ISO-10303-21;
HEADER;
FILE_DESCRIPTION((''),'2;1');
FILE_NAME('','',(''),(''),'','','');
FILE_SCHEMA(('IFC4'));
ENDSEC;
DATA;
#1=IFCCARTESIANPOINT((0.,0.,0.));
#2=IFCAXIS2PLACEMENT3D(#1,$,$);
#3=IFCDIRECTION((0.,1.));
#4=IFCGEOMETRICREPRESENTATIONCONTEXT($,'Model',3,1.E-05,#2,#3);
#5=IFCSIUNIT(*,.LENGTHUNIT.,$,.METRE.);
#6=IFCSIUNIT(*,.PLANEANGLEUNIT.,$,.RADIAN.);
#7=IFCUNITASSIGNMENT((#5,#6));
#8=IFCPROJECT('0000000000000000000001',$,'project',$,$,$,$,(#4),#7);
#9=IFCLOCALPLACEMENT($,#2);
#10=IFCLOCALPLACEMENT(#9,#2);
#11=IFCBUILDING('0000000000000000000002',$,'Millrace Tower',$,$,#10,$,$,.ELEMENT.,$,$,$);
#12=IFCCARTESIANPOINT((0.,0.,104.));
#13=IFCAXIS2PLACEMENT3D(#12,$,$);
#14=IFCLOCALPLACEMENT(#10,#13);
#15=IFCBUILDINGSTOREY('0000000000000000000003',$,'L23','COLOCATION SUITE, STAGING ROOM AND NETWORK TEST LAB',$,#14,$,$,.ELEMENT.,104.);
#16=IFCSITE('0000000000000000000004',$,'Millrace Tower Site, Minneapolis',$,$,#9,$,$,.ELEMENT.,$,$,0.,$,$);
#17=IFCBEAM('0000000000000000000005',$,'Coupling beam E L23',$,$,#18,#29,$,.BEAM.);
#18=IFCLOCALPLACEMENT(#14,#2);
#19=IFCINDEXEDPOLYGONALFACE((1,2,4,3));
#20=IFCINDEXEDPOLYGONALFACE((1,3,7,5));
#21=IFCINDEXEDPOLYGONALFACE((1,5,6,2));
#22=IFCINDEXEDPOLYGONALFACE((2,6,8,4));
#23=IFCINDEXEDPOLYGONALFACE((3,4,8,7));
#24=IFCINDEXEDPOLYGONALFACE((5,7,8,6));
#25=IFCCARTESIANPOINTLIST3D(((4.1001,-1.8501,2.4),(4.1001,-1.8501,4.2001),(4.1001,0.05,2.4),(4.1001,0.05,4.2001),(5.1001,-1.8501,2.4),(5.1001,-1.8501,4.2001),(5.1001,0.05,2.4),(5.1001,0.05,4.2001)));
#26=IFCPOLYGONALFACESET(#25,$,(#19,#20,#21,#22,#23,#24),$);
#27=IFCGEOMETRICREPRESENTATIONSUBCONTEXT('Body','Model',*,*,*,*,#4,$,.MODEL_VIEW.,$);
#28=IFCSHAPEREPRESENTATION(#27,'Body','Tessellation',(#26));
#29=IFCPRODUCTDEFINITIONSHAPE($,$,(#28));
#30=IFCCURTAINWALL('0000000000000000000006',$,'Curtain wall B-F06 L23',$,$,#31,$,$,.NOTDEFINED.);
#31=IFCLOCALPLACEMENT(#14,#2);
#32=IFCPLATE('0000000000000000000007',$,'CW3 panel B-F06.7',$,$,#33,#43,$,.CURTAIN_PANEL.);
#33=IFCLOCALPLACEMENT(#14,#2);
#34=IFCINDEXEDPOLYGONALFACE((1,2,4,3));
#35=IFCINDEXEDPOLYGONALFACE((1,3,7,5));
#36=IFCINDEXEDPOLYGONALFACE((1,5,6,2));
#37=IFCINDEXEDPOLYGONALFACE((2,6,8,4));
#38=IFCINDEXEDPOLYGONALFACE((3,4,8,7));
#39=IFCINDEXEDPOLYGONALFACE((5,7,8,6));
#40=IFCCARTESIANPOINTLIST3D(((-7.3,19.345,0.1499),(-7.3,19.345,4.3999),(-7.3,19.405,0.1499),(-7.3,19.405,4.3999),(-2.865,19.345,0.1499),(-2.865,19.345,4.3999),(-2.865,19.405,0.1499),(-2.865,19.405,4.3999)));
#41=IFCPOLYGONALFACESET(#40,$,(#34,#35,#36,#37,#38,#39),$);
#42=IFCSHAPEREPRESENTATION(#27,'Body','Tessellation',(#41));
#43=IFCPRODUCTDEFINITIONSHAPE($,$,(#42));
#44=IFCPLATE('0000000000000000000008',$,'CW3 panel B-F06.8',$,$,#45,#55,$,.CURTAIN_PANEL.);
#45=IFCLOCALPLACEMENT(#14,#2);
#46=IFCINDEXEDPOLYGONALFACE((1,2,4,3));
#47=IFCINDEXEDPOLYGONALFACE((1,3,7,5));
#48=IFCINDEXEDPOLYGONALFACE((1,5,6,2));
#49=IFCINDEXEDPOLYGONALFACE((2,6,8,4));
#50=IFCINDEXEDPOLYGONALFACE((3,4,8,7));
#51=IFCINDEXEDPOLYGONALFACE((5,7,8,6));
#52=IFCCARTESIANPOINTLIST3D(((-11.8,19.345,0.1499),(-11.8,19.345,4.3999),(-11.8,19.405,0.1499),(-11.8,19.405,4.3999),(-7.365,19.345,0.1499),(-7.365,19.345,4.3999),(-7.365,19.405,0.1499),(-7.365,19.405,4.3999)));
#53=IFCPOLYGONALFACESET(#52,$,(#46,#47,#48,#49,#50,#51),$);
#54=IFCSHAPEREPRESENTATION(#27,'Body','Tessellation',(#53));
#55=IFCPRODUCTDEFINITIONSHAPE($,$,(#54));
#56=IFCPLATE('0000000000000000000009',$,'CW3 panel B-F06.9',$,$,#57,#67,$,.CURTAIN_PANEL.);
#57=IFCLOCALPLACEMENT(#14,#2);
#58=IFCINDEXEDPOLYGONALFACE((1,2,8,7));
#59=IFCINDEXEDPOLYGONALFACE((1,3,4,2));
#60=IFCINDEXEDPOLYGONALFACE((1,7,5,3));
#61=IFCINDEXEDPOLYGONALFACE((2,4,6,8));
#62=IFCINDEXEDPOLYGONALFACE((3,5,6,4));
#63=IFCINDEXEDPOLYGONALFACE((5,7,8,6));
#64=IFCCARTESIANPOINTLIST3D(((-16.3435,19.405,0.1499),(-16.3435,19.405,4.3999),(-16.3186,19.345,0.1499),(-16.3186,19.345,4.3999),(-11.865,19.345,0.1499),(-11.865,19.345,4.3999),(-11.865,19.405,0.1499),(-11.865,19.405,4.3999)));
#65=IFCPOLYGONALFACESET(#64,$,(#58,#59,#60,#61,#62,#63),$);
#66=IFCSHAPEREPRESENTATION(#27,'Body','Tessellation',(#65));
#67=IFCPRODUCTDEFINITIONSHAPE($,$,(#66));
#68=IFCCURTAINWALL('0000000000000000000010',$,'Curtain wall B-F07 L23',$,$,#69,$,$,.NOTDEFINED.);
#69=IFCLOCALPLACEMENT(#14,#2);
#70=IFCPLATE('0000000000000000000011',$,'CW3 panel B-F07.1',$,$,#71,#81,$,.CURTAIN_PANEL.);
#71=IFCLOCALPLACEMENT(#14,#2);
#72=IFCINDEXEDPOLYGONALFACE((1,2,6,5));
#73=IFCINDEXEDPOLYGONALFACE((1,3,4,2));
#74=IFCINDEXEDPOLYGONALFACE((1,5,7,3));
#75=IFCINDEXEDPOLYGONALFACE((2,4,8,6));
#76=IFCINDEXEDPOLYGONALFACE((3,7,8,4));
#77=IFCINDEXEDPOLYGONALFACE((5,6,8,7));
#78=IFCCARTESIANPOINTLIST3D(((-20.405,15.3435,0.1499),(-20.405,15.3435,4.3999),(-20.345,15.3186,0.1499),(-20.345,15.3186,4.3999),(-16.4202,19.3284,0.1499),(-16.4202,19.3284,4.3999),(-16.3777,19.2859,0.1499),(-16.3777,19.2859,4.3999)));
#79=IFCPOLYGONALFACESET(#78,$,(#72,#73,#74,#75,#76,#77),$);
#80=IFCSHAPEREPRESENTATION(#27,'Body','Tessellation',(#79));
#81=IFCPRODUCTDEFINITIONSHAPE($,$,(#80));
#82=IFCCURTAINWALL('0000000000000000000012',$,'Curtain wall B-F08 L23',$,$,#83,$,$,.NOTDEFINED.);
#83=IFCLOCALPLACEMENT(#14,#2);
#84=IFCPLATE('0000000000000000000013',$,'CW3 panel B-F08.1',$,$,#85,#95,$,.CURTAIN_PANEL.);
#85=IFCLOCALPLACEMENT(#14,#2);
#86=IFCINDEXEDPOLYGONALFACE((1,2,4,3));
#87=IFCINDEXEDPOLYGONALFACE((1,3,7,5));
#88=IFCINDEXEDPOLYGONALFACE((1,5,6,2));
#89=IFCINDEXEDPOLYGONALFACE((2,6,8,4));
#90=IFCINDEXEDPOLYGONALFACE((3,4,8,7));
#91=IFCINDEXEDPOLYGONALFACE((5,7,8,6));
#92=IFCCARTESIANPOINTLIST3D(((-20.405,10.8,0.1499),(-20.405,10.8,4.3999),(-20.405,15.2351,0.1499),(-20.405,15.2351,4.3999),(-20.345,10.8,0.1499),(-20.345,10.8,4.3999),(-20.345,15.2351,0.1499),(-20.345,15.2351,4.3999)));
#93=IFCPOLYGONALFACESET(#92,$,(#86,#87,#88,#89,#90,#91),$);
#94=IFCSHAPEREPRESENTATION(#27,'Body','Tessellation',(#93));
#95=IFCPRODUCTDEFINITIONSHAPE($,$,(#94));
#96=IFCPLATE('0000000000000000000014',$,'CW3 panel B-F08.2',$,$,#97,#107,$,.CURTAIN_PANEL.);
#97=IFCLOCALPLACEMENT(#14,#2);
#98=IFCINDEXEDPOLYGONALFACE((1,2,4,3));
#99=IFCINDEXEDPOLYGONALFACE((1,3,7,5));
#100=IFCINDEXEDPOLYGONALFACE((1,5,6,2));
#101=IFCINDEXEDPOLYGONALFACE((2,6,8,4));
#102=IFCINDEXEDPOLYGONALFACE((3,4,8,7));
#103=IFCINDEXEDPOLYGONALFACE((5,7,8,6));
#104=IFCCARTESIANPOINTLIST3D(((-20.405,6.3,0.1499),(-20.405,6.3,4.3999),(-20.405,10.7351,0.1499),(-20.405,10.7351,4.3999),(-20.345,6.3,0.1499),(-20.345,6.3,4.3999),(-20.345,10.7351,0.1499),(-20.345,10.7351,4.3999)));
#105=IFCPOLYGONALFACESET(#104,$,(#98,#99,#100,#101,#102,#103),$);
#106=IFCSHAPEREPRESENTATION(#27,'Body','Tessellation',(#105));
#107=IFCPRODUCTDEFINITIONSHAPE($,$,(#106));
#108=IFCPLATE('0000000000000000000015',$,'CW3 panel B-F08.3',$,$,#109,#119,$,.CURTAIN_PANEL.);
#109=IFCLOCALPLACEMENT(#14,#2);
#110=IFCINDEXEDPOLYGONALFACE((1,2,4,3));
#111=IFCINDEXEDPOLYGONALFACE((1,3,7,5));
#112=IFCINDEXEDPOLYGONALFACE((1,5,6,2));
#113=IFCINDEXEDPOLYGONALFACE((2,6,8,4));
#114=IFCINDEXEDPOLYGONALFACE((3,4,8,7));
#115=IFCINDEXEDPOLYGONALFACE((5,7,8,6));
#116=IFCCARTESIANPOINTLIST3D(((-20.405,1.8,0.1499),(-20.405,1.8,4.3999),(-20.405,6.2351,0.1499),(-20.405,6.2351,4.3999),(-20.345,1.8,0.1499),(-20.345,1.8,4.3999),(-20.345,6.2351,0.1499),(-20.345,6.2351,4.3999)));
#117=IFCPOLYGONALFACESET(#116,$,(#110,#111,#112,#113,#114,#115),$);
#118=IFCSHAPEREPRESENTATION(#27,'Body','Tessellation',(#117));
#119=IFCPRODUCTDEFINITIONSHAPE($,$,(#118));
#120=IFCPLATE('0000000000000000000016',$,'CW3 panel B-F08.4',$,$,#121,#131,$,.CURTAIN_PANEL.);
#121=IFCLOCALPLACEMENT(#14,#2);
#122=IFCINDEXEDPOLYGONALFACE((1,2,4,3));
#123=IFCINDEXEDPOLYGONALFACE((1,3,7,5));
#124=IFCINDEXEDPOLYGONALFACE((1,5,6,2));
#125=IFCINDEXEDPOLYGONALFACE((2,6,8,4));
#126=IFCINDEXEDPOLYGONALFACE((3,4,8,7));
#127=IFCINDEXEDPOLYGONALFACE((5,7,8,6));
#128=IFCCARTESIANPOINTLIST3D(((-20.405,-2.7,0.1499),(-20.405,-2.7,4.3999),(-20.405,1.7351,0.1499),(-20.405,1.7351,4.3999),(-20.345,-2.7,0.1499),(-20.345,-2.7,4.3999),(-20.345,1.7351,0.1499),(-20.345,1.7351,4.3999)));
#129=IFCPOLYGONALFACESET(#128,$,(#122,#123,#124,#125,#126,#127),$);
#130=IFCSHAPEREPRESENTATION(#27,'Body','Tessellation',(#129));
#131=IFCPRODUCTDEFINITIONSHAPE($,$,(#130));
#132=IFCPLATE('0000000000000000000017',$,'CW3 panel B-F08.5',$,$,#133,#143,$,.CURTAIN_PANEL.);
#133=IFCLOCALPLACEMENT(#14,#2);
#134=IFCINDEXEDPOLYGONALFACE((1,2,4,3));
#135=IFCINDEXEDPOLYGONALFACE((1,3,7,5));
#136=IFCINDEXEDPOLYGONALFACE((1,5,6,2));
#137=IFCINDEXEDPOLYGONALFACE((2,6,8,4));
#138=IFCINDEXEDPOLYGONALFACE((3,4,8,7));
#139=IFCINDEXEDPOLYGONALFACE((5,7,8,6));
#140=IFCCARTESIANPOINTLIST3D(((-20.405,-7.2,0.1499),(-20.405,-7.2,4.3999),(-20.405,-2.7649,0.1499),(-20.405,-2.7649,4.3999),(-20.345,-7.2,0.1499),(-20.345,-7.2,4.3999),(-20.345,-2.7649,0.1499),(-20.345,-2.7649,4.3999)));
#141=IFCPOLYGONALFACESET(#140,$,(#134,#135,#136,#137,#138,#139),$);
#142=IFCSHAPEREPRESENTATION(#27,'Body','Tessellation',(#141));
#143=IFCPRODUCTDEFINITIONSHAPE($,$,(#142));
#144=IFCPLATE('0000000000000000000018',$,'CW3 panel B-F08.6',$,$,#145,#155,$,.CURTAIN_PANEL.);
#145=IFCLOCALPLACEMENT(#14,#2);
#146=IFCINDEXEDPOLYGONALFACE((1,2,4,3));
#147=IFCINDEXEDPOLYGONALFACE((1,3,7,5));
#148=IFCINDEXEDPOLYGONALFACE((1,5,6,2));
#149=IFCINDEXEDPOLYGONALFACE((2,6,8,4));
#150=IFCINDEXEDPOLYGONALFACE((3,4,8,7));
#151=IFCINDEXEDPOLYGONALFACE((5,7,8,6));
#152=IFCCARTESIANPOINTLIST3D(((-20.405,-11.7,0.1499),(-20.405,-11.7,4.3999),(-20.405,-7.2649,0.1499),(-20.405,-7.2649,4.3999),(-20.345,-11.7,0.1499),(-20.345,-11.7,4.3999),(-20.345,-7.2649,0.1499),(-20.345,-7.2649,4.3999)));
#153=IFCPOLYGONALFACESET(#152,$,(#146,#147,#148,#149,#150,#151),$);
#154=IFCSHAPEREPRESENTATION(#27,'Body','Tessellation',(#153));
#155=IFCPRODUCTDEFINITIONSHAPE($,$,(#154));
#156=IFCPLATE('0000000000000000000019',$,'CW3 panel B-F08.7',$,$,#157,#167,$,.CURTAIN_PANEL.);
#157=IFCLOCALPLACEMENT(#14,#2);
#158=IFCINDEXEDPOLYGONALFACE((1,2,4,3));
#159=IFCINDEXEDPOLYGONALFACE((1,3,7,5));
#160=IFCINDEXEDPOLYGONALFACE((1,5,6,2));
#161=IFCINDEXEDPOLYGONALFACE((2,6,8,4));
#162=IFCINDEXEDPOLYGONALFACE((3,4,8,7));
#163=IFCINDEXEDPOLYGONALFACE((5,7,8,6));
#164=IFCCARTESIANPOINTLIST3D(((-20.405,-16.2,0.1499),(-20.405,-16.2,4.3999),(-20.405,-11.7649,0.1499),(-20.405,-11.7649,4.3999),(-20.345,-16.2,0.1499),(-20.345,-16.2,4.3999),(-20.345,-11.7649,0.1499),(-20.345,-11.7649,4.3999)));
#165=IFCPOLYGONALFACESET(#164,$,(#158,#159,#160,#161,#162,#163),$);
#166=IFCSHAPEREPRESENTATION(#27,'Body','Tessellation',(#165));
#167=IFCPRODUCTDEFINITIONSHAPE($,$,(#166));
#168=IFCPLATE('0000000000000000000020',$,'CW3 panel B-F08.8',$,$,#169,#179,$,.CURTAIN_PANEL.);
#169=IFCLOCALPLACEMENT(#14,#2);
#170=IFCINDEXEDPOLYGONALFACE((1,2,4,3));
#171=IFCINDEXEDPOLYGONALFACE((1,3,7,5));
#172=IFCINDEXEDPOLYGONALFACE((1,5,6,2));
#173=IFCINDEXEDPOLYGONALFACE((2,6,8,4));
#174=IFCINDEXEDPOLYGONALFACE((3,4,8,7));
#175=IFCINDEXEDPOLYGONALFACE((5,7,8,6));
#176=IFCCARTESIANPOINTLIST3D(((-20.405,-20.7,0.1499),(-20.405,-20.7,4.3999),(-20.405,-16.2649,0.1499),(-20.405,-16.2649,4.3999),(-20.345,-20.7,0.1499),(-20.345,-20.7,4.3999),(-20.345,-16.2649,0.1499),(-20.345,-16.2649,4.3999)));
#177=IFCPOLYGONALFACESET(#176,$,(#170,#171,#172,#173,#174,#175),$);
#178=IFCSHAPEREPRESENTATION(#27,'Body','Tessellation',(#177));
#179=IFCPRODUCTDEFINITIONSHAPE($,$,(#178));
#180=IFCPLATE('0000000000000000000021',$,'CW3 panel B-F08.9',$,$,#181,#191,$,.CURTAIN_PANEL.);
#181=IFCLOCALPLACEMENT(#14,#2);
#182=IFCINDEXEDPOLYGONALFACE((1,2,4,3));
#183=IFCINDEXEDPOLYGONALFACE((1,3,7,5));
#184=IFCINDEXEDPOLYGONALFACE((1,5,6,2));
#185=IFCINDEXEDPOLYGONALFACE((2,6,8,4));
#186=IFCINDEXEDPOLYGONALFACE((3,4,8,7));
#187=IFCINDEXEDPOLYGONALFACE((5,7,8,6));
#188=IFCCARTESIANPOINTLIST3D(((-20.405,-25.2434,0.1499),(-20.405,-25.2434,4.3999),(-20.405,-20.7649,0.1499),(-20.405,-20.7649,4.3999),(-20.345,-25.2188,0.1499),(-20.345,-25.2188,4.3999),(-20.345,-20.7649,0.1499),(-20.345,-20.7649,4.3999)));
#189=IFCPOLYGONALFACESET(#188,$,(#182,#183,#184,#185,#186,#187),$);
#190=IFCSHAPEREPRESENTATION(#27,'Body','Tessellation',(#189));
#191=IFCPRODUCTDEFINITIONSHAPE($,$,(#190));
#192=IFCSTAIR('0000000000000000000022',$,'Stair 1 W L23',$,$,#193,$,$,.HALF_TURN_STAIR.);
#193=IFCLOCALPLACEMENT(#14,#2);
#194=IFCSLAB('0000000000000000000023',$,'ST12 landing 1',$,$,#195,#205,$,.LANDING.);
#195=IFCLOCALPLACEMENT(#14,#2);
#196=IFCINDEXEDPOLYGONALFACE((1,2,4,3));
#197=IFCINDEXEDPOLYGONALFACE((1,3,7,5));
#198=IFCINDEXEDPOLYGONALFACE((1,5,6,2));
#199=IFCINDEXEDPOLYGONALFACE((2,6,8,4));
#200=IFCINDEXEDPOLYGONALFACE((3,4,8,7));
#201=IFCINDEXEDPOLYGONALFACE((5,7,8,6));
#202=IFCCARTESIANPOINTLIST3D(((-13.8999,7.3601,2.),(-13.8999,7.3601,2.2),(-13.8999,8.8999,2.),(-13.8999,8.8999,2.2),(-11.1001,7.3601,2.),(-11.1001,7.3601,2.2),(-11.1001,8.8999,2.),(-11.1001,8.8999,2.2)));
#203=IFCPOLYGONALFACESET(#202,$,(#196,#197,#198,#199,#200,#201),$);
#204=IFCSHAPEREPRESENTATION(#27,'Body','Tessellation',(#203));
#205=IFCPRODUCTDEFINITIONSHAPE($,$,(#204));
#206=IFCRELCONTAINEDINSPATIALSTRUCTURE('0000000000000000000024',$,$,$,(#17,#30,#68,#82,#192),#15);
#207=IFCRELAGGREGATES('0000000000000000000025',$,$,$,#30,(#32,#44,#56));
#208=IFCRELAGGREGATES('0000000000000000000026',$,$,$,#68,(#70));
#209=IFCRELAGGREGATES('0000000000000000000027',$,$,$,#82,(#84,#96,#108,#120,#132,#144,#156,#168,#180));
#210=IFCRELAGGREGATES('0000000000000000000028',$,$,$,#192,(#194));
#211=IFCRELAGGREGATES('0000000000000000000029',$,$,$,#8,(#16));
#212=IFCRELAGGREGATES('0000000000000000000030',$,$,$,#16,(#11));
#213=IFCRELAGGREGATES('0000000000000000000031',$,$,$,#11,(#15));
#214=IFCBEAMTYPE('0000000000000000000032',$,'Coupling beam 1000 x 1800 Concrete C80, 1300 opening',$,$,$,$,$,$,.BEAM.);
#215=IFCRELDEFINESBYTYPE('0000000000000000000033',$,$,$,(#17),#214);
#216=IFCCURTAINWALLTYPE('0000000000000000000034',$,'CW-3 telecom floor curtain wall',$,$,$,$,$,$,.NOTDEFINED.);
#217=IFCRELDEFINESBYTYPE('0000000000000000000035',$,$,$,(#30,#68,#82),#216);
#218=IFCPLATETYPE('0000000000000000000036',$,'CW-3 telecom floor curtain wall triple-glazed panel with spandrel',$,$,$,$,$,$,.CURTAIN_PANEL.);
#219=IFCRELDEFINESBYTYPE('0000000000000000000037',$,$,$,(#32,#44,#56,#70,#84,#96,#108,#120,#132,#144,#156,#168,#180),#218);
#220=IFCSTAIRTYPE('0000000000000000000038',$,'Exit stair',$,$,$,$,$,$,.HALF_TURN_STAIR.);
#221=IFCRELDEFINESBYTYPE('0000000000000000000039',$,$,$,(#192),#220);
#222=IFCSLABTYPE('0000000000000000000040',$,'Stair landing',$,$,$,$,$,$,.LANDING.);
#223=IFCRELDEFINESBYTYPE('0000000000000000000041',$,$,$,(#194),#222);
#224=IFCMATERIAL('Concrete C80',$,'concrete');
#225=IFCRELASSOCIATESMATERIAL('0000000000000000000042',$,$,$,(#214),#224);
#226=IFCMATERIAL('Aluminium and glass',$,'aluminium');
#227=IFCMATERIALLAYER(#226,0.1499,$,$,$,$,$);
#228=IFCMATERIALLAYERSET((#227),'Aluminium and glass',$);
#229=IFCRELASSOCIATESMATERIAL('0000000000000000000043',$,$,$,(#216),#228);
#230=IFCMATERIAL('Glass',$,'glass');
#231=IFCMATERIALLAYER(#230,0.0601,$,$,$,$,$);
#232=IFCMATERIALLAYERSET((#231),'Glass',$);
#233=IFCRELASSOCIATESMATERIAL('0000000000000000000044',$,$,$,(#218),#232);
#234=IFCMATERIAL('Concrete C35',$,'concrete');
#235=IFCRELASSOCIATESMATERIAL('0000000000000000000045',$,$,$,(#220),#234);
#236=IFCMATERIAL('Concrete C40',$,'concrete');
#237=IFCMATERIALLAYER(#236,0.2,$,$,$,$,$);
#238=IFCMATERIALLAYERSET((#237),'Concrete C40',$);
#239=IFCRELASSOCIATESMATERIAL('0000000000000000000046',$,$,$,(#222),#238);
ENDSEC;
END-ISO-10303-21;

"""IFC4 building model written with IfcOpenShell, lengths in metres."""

from ifc_helpers import new_model, si_unit, direction, frame, origin, origin_2d, place, context, subcontext, project, spatial, polyline, rectangle, outline, extrude, material, layer, layer_set, material_profile, profile_set, type_object, element, aggregate, save


model = new_model("IFC4")

# Units and contexts
model_context = context("Model", 3, precision=1e-05, world=origin(), true_north=direction((0.0, 1.0)))
body_context = subcontext(model_context, "Body", "Model", "MODEL_VIEW")
ifc_project = project(units=[si_unit("LENGTHUNIT", "METRE"), si_unit("PLANEANGLEUNIT", "RADIAN")], contexts=[model_context])

# Site, building, storey
site_placement = place(None, origin())
site = spatial("IfcSite", under=ifc_project, at=site_placement, Name="Millrace Tower Site, Minneapolis", CompositionType="ELEMENT", RefElevation=0.0)
building_placement = place(site_placement, origin())
building = spatial("IfcBuilding", under=site, at=building_placement, Name="Millrace Tower", CompositionType="ELEMENT")
storey_placement = place(building_placement, frame((0.0, 0.0, 104.0)))
storey = spatial("IfcBuildingStorey", under=building, at=storey_placement, Name="L23", Description="COLOCATION SUITE, STAGING ROOM AND NETWORK TEST LAB", CompositionType="ELEMENT", Elevation=104.0)

# Beam
ifc_material_1 = material(Name="Concrete C80", Category="concrete")
ifc_material_profile = material_profile(ifc_material_1, rectangle(XDim=1.0, YDim=1.8, at=origin_2d()))
ifc_profile_set = profile_set([ifc_material_profile], Name="Concrete C80")
beam_type = type_object("IfcBeamType", Name="Coupling beam 1000 x 1800 Concrete C80, 1300 opening", PredefinedType="BEAM", material=ifc_profile_set)
beam_placement = place(storey_placement, frame((4.6001, 0.05, 3.3), z_axis=(0.0, -1.0, 0.0), x_axis=(1.0, 0.0, 0.0)))
element("IfcBeam", 1, at=beam_placement, inside=storey, type_object=beam_type, Name="Coupling beam E L23", PredefinedType="BEAM", context=body_context, shape_type="SweptSolid", body=[
    extrude(rectangle(XDim=1.0, YDim=1.8, at=origin_2d()), origin(), (0.0, 0.0, 1.0), 1.9001),
])

# Curtain wall, plates
ifc_material_2 = material(Name="Aluminium and glass", Category="aluminium")
ifc_layer_1 = layer(ifc_material_2, 0.1499)
ifc_layer_set_1 = layer_set([ifc_layer_1], Name="Aluminium and glass")
curtain_wall_type = type_object("IfcCurtainWallType", Name="CW-3 telecom floor curtain wall", PredefinedType="NOTDEFINED", material=ifc_layer_set_1)
placement_1 = place(storey_placement, origin())
curtain_wall_1 = element("IfcCurtainWall", 2, at=placement_1, inside=storey, type_object=curtain_wall_type, Name="Curtain wall B-F06 L23", PredefinedType="NOTDEFINED")
ifc_material_3 = material(Name="Glass", Category="glass")
ifc_layer_2 = layer(ifc_material_3, 0.0601)
ifc_layer_set_2 = layer_set([ifc_layer_2], Name="Glass")
plate_type = type_object("IfcPlateType", Name="CW-3 telecom floor curtain wall triple-glazed panel with spandrel", PredefinedType="CURTAIN_PANEL", material=ifc_layer_set_2)
placement_2 = place(storey_placement, frame((0.0, 0.0, 0.1499)))
plate_1 = element("IfcPlate", 3, at=placement_2, type_object=plate_type, Name="CW3 panel B-F06.7", PredefinedType="CURTAIN_PANEL", context=body_context, shape_type="SweptSolid", body=[
    extrude(outline(polyline([(-2.865, 19.405), (-7.3, 19.405), (-7.3, 19.345), (-2.865, 19.345), (-2.865, 19.405)])), origin(), (0.0, 0.0, 1.0), 4.25),
])
plate_2 = element("IfcPlate", 4, at=placement_2, type_object=plate_type, Name="CW3 panel B-F06.8", PredefinedType="CURTAIN_PANEL", context=body_context, shape_type="SweptSolid", body=[
    extrude(outline(polyline([(-7.365, 19.405), (-11.8, 19.405), (-11.8, 19.345), (-7.365, 19.345), (-7.365, 19.405)])), origin(), (0.0, 0.0, 1.0), 4.25),
])
plate_3 = element("IfcPlate", 5, at=placement_2, type_object=plate_type, Name="CW3 panel B-F06.9", PredefinedType="CURTAIN_PANEL", context=body_context, shape_type="SweptSolid", body=[
    extrude(outline(polyline([(-11.865, 19.405), (-16.3435, 19.405), (-16.3186, 19.345), (-11.865, 19.345), (-11.865, 19.405)])), origin(), (0.0, 0.0, 1.0), 4.25),
])
aggregate(curtain_wall_1, [plate_1, plate_2, plate_3])

# Curtain wall, plate
curtain_wall_2 = element("IfcCurtainWall", 6, at=placement_1, inside=storey, type_object=curtain_wall_type, Name="Curtain wall B-F07 L23", PredefinedType="NOTDEFINED")
plate_4 = element("IfcPlate", 7, at=placement_2, type_object=plate_type, Name="CW3 panel B-F07.1", PredefinedType="CURTAIN_PANEL", context=body_context, shape_type="SweptSolid", body=[
    extrude(outline(polyline([(-16.4202, 19.3284), (-20.405, 15.3435), (-20.345, 15.3186), (-16.3777, 19.2859), (-16.4202, 19.3284)])), origin(), (0.0, 0.0, 1.0), 4.25),
])
aggregate(curtain_wall_2, [plate_4])

# Curtain wall, plates
curtain_wall_3 = element("IfcCurtainWall", 8, at=placement_1, inside=storey, type_object=curtain_wall_type, Name="Curtain wall B-F08 L23", PredefinedType="NOTDEFINED")
plate_5 = element("IfcPlate", 9, at=placement_2, type_object=plate_type, Name="CW3 panel B-F08.1", PredefinedType="CURTAIN_PANEL", context=body_context, shape_type="SweptSolid", body=[
    extrude(outline(polyline([(-20.405, 15.2351), (-20.405, 10.8), (-20.345, 10.8), (-20.345, 15.2351), (-20.405, 15.2351)])), origin(), (0.0, 0.0, 1.0), 4.25),
])
plate_6 = element("IfcPlate", 10, at=placement_2, type_object=plate_type, Name="CW3 panel B-F08.2", PredefinedType="CURTAIN_PANEL", context=body_context, shape_type="SweptSolid", body=[
    extrude(outline(polyline([(-20.405, 10.7351), (-20.405, 6.3), (-20.345, 6.3), (-20.345, 10.7351), (-20.405, 10.7351)])), origin(), (0.0, 0.0, 1.0), 4.25),
])
plate_7 = element("IfcPlate", 11, at=placement_2, type_object=plate_type, Name="CW3 panel B-F08.3", PredefinedType="CURTAIN_PANEL", context=body_context, shape_type="SweptSolid", body=[
    extrude(outline(polyline([(-20.405, 6.2351), (-20.405, 1.8), (-20.345, 1.8), (-20.345, 6.2351), (-20.405, 6.2351)])), origin(), (0.0, 0.0, 1.0), 4.25),
])
plate_8 = element("IfcPlate", 12, at=placement_2, type_object=plate_type, Name="CW3 panel B-F08.4", PredefinedType="CURTAIN_PANEL", context=body_context, shape_type="SweptSolid", body=[
    extrude(outline(polyline([(-20.405, 1.7351), (-20.405, -2.7), (-20.345, -2.7), (-20.345, 1.7351), (-20.405, 1.7351)])), origin(), (0.0, 0.0, 1.0), 4.25),
])
plate_9 = element("IfcPlate", 13, at=placement_2, type_object=plate_type, Name="CW3 panel B-F08.5", PredefinedType="CURTAIN_PANEL", context=body_context, shape_type="SweptSolid", body=[
    extrude(outline(polyline([(-20.405, -2.7649), (-20.405, -7.2), (-20.345, -7.2), (-20.345, -2.7649), (-20.405, -2.7649)])), origin(), (0.0, 0.0, 1.0), 4.25),
])
plate_10 = element("IfcPlate", 14, at=placement_2, type_object=plate_type, Name="CW3 panel B-F08.6", PredefinedType="CURTAIN_PANEL", context=body_context, shape_type="SweptSolid", body=[
    extrude(outline(polyline([(-20.405, -7.2649), (-20.405, -11.7), (-20.345, -11.7), (-20.345, -7.2649), (-20.405, -7.2649)])), origin(), (0.0, 0.0, 1.0), 4.25),
])
plate_11 = element("IfcPlate", 15, at=placement_2, type_object=plate_type, Name="CW3 panel B-F08.7", PredefinedType="CURTAIN_PANEL", context=body_context, shape_type="SweptSolid", body=[
    extrude(outline(polyline([(-20.405, -11.7649), (-20.405, -16.2), (-20.345, -16.2), (-20.345, -11.7649), (-20.405, -11.7649)])), origin(), (0.0, 0.0, 1.0), 4.25),
])
plate_12 = element("IfcPlate", 16, at=placement_2, type_object=plate_type, Name="CW3 panel B-F08.8", PredefinedType="CURTAIN_PANEL", context=body_context, shape_type="SweptSolid", body=[
    extrude(outline(polyline([(-20.405, -16.2649), (-20.405, -20.7), (-20.345, -20.7), (-20.345, -16.2649), (-20.405, -16.2649)])), origin(), (0.0, 0.0, 1.0), 4.25),
])
plate_13 = element("IfcPlate", 17, at=placement_2, type_object=plate_type, Name="CW3 panel B-F08.9", PredefinedType="CURTAIN_PANEL", context=body_context, shape_type="SweptSolid", body=[
    extrude(outline(polyline([(-20.405, -20.7649), (-20.405, -25.2434), (-20.345, -25.2188), (-20.345, -20.7649), (-20.405, -20.7649)])), origin(), (0.0, 0.0, 1.0), 4.25),
])
aggregate(curtain_wall_3, [plate_5, plate_6, plate_7, plate_8, plate_9, plate_10, plate_11, plate_12, plate_13])

# Stair, slab
ifc_material_4 = material(Name="Concrete C35", Category="concrete")
stair_type = type_object("IfcStairType", Name="Exit stair", PredefinedType="HALF_TURN_STAIR", material=ifc_material_4)
stair_1 = element("IfcStair", 18, at=placement_1, inside=storey, type_object=stair_type, Name="Stair 1 W L23", PredefinedType="HALF_TURN_STAIR")
ifc_material_5 = material(Name="Concrete C40", Category="concrete")
ifc_layer_3 = layer(ifc_material_5, 0.2)
ifc_layer_set_3 = layer_set([ifc_layer_3], Name="Concrete C40")
slab_type = type_object("IfcSlabType", Name="Stair landing", PredefinedType="LANDING", material=ifc_layer_set_3)
placement_3 = place(storey_placement, frame((0.0, 0.0, 2.0)))
slab_1 = element("IfcSlab", 19, at=placement_3, type_object=slab_type, Name="ST12 landing 1", PredefinedType="LANDING", context=body_context, shape_type="SweptSolid", body=[
    extrude(outline(polyline([(-13.8999, 7.3601), (-11.1001, 7.3601), (-11.1001, 8.8999), (-13.8999, 8.8999), (-13.8999, 7.3601)])), origin(), (0.0, 0.0, 1.0), 0.2),
])
aggregate(stair_1, [slab_1])

save(model, "model.ifc")
